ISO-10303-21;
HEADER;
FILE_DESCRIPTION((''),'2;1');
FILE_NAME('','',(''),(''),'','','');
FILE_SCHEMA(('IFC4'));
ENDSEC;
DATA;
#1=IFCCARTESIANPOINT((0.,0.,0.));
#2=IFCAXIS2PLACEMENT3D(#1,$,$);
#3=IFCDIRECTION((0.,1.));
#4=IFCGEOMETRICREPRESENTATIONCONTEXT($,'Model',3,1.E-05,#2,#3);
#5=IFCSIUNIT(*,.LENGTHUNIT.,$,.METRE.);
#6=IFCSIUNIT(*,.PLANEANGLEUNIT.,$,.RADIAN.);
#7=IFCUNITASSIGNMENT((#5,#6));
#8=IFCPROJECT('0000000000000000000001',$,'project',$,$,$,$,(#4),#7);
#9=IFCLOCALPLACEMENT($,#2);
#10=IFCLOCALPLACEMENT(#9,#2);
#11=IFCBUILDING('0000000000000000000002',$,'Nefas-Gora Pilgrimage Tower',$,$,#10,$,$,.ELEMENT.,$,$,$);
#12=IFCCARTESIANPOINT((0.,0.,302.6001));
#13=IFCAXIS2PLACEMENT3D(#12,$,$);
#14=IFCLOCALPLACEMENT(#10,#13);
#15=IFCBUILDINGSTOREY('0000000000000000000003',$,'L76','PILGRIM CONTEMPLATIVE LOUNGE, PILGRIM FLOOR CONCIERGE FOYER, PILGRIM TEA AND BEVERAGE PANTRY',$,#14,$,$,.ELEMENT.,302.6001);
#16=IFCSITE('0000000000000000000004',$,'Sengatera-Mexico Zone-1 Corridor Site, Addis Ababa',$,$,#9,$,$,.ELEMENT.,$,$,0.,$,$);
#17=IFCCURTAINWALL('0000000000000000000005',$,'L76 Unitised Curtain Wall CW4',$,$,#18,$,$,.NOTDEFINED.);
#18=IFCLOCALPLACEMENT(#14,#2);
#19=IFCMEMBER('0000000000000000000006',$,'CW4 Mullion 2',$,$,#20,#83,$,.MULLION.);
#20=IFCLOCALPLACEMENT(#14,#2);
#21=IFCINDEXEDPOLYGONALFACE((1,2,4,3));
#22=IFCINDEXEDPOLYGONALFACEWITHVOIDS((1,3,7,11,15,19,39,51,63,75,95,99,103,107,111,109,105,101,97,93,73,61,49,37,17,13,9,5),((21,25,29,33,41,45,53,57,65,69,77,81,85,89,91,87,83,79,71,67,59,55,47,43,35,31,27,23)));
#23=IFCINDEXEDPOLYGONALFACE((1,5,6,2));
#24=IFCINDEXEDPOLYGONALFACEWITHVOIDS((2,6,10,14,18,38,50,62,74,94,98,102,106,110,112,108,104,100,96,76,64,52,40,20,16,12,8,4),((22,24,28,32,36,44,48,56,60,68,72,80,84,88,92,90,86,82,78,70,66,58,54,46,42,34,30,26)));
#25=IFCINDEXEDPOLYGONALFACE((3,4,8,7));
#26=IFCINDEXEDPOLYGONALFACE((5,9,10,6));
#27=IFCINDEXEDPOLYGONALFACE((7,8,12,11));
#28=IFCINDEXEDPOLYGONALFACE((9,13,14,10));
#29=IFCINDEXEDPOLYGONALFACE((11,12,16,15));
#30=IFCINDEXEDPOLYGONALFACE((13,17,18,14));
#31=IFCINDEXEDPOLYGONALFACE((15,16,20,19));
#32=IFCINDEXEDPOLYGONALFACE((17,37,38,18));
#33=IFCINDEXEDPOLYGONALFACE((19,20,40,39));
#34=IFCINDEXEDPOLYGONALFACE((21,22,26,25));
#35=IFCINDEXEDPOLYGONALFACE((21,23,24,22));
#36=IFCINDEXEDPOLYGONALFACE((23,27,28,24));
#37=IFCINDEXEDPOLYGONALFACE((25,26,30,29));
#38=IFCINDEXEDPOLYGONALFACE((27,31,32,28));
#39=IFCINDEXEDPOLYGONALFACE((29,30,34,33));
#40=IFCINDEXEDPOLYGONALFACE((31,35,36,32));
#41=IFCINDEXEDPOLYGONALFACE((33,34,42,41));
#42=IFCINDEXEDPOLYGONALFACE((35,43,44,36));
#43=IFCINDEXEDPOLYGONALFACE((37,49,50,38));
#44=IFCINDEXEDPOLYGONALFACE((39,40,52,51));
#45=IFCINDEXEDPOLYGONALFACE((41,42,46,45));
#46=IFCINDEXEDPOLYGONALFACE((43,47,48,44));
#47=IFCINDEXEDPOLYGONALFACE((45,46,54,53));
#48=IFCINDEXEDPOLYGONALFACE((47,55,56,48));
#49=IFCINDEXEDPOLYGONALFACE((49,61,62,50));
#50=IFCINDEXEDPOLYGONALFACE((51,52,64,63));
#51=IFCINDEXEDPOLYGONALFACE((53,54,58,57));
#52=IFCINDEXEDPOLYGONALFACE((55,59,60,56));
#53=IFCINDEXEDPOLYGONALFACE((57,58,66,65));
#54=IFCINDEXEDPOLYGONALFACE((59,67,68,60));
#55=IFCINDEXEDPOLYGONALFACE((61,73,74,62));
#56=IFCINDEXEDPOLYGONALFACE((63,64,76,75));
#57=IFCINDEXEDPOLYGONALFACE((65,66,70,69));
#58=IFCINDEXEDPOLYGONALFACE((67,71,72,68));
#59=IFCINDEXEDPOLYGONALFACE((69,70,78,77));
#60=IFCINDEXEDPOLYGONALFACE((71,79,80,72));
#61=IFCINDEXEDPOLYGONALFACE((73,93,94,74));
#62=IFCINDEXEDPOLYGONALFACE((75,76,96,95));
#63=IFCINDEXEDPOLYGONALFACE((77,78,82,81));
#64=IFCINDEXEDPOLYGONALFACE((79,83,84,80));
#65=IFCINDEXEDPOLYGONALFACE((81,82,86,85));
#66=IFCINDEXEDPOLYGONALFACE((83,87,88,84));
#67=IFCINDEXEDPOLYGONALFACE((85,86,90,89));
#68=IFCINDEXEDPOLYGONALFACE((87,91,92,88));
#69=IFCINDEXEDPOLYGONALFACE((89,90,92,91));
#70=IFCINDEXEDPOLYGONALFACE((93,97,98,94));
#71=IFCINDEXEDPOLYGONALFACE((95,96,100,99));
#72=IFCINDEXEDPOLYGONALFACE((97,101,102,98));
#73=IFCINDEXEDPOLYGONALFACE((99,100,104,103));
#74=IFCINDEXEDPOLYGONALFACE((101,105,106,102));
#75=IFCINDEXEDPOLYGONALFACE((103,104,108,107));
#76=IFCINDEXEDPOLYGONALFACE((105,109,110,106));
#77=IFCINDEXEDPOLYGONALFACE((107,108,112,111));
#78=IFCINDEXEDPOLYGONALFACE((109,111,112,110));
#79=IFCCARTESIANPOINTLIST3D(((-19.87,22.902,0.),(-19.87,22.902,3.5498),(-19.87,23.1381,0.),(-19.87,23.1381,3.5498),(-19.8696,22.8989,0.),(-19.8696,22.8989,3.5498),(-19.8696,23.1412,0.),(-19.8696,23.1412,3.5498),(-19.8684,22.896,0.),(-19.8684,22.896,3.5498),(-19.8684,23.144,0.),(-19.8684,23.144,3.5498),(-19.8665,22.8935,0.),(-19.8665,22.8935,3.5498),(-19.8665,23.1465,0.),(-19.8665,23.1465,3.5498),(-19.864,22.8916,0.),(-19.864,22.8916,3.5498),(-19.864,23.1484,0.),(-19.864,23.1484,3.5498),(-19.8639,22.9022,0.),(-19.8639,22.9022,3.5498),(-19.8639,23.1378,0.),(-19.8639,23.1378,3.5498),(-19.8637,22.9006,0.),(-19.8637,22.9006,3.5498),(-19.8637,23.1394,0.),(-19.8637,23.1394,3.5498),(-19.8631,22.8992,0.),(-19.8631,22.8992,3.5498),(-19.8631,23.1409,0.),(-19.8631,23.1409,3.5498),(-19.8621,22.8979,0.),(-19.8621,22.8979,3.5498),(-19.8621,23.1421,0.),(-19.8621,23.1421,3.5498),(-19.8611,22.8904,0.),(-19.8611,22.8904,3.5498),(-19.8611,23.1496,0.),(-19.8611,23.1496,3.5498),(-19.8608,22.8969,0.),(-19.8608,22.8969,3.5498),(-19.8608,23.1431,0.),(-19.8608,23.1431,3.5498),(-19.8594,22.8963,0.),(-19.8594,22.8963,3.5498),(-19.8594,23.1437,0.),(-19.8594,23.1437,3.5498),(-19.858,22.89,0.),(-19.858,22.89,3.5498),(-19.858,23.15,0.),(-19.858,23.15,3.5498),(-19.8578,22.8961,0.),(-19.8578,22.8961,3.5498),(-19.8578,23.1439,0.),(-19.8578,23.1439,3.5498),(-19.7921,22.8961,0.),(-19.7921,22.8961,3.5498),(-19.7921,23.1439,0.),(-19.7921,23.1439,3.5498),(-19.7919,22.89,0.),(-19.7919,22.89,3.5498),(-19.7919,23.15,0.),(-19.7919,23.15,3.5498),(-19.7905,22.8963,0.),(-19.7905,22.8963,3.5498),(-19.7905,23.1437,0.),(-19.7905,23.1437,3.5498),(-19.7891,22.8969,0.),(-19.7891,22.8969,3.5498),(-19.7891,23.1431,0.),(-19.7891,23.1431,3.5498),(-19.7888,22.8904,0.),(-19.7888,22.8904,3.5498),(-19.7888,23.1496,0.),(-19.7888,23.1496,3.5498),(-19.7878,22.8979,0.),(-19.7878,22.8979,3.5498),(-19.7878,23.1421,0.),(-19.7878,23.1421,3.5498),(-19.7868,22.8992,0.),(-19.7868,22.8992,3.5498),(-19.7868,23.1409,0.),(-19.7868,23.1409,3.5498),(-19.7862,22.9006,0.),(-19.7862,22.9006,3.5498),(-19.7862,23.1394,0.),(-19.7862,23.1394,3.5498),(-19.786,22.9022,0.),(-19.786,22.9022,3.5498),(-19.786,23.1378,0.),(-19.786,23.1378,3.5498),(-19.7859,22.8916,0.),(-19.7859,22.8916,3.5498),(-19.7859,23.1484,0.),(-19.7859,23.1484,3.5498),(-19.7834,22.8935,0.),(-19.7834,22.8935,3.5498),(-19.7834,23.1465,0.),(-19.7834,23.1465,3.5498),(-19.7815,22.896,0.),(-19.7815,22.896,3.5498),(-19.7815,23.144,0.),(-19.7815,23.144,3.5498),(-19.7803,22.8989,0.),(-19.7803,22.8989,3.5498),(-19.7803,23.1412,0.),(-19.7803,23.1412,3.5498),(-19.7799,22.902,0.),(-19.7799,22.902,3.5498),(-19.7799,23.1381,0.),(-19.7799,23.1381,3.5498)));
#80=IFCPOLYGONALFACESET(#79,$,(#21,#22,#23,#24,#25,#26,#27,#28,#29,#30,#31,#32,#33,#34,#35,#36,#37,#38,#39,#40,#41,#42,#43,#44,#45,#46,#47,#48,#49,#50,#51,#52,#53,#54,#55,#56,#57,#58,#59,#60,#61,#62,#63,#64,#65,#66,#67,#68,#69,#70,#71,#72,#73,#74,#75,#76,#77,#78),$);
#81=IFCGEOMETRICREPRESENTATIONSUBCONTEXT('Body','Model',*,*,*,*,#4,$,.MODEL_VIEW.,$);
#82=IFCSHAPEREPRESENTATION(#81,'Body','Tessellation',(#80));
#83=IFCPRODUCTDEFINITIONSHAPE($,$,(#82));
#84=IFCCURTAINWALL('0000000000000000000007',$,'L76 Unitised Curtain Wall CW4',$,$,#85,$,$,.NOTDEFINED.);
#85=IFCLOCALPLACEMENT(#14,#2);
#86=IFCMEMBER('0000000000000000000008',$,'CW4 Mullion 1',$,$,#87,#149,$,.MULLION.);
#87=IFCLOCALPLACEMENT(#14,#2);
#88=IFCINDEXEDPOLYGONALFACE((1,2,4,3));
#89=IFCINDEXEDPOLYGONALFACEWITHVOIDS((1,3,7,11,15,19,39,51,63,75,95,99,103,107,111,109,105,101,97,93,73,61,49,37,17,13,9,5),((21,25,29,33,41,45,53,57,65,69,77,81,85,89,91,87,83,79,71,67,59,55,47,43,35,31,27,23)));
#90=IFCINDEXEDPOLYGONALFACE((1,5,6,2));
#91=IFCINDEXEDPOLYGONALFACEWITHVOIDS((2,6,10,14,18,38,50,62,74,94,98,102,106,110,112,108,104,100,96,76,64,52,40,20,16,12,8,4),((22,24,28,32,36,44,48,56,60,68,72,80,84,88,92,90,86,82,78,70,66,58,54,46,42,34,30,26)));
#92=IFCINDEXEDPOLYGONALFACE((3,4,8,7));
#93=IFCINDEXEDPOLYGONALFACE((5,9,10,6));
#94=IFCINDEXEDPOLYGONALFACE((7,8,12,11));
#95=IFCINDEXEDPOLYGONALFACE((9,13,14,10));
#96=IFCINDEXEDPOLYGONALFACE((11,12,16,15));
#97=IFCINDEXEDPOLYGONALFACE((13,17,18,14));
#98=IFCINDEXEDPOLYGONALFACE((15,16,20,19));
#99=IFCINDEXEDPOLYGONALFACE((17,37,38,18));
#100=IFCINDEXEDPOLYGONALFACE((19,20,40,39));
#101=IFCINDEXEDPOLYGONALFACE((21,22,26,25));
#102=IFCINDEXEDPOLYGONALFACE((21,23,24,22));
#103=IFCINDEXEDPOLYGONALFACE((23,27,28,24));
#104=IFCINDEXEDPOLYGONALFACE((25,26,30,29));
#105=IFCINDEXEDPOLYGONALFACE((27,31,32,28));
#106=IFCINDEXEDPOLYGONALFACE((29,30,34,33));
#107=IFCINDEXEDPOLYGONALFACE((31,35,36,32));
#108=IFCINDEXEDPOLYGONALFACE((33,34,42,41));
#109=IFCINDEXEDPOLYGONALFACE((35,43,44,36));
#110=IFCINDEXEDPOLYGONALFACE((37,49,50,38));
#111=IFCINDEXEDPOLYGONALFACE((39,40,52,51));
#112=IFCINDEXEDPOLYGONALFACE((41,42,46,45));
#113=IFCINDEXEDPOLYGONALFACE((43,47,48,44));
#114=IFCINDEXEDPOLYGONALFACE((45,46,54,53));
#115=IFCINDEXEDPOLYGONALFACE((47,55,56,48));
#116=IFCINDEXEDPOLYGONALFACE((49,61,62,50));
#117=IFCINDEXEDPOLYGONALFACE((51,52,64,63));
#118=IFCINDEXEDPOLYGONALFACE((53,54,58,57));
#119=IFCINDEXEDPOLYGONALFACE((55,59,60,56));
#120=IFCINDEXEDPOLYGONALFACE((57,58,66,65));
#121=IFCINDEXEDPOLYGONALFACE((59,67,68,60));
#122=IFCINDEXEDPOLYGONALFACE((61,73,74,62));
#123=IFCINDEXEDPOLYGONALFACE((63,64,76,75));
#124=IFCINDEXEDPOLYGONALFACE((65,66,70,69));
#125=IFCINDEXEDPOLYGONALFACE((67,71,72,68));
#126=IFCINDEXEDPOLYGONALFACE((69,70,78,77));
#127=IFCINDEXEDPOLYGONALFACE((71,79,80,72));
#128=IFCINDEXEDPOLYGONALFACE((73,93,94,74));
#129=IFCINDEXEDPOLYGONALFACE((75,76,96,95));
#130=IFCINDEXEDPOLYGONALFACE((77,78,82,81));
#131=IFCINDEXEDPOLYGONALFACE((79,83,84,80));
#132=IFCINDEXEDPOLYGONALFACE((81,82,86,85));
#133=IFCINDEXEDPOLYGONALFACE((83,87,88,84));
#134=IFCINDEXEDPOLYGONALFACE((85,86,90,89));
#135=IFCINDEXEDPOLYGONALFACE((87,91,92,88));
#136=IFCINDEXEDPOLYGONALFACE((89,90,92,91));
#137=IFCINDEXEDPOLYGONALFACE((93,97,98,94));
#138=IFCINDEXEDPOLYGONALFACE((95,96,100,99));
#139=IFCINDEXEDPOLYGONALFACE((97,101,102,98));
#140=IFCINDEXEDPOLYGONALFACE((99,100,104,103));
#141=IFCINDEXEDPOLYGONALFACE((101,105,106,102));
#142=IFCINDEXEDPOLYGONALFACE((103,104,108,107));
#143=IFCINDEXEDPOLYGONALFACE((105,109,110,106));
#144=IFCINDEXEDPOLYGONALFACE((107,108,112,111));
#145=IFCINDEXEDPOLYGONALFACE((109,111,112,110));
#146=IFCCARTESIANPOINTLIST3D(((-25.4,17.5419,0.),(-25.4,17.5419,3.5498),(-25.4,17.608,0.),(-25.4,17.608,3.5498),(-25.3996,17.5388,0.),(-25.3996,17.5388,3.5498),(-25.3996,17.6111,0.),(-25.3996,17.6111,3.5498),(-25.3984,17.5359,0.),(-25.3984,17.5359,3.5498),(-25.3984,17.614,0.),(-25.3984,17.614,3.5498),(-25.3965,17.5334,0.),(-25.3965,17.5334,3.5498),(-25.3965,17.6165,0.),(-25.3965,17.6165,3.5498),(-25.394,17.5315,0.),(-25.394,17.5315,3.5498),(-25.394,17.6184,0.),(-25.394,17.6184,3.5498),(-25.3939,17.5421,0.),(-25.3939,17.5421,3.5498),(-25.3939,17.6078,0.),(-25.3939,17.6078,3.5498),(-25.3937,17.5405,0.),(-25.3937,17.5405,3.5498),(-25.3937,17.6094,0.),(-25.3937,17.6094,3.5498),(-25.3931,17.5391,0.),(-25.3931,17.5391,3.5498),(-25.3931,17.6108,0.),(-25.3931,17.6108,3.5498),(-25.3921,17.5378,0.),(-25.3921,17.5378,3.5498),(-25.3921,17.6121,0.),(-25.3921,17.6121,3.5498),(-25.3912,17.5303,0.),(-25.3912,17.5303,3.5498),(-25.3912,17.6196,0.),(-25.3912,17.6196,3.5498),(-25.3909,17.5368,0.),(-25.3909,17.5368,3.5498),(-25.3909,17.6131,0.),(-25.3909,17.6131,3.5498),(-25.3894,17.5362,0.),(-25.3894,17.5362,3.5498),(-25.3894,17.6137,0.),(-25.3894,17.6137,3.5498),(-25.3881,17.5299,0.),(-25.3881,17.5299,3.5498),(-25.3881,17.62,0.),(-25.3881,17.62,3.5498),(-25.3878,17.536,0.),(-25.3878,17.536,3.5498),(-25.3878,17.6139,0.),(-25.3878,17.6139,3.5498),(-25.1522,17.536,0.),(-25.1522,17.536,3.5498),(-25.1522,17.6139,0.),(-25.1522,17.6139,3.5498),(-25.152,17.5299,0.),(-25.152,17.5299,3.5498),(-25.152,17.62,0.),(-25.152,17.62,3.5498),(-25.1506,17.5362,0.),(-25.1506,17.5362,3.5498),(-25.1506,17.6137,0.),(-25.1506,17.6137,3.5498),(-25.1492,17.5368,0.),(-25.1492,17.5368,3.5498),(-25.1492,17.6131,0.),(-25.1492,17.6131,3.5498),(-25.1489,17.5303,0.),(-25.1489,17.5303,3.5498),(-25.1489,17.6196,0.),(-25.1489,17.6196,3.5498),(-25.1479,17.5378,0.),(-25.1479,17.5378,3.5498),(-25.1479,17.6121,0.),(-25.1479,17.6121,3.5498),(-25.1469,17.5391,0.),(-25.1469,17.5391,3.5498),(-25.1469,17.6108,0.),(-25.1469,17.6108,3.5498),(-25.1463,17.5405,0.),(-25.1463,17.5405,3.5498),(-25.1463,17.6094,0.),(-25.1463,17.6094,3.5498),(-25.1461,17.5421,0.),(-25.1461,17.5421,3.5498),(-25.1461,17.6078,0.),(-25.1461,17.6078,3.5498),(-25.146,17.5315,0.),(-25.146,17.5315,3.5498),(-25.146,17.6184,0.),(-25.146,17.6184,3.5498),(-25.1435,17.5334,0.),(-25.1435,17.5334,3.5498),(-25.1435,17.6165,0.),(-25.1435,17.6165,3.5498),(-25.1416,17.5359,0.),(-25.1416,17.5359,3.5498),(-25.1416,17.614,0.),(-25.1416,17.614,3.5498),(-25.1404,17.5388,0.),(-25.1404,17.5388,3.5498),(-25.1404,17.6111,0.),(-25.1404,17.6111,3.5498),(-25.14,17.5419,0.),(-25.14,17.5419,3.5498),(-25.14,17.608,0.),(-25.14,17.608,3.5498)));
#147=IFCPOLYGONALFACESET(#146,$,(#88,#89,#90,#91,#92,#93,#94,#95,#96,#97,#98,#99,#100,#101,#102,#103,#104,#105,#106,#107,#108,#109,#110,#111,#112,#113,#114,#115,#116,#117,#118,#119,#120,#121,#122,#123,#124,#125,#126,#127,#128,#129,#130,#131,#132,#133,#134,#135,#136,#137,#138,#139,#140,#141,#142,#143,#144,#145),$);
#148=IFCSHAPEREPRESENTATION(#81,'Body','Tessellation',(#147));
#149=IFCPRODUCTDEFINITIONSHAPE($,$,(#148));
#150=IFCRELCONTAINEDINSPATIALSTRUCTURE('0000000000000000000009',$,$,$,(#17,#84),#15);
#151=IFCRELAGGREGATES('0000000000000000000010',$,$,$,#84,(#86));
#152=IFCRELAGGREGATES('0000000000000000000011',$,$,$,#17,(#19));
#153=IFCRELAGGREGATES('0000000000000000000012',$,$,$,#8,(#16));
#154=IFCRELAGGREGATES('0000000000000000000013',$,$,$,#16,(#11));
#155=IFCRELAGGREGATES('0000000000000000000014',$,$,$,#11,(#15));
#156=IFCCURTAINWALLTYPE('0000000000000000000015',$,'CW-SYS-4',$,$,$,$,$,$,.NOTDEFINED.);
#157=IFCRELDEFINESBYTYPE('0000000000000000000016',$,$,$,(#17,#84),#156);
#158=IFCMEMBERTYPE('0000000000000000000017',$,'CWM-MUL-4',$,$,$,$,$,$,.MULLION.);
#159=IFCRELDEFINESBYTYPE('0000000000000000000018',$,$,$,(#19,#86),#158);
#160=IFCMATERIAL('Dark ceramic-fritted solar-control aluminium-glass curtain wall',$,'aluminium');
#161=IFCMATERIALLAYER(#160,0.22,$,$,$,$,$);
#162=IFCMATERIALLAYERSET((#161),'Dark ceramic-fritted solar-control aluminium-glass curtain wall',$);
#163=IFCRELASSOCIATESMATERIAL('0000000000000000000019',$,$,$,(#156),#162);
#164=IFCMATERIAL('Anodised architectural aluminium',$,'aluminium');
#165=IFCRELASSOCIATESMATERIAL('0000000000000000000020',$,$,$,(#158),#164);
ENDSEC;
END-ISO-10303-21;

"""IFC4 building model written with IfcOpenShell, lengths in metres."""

from ifc_helpers import new_model, si_unit, direction, frame, origin, origin_2d, place, context, subcontext, project, spatial, hollow_rectangle, extrude, source, transform, mapped, material, layer, layer_set, material_profile, profile_set, type_object, element, aggregate, save


model = new_model("IFC4")

# Units and contexts
model_context = context("Model", 3, precision=1e-05, world=origin(), true_north=direction((0.0, 1.0)))
body_context = subcontext(model_context, "Body", "Model", "MODEL_VIEW")
ifc_project = project(units=[si_unit("LENGTHUNIT", "METRE"), si_unit("PLANEANGLEUNIT", "RADIAN")], contexts=[model_context])

# Site, building, storey
site_placement = place(None, origin())
site = spatial("IfcSite", under=ifc_project, at=site_placement, Name="Sengatera-Mexico Zone-1 Corridor Site, Addis Ababa", CompositionType="ELEMENT", RefElevation=0.0)
building_placement = place(site_placement, origin())
building = spatial("IfcBuilding", under=site, at=building_placement, Name="Nefas-Gora Pilgrimage Tower", CompositionType="ELEMENT")
storey_placement = place(building_placement, frame((0.0, 0.0, 302.6001)))
storey = spatial("IfcBuildingStorey", under=building, at=storey_placement, Name="L76", Description="PILGRIM CONTEMPLATIVE LOUNGE, PILGRIM FLOOR CONCIERGE FOYER, PILGRIM TEA AND BEVERAGE PANTRY", CompositionType="ELEMENT", Elevation=302.6001)

# Shared definitions
ifc_material_1 = material(Name="Dark ceramic-fritted solar-control aluminium-glass curtain wall", Category="aluminium")
ifc_material_2 = material(Name="Anodised architectural aluminium", Category="aluminium")

# Curtain wall, member
ifc_layer_1 = layer(ifc_material_1, 0.22)
ifc_layer_set_1 = layer_set([ifc_layer_1], Name="Dark ceramic-fritted solar-control aluminium-glass curtain wall")
curtain_wall_type_1 = type_object("IfcCurtainWallType", Name="CW-SYS-4", PredefinedType="NOTDEFINED", material=ifc_layer_set_1)
curtain_wall_1_placement = place(storey_placement, origin())
curtain_wall_1 = element("IfcCurtainWall", 1, at=curtain_wall_1_placement, inside=storey, type_object=curtain_wall_type_1, Name="L76 Unitised Curtain Wall CW4", PredefinedType="NOTDEFINED")
ifc_material_profile_1 = material_profile(ifc_material_2, hollow_rectangle(XDim=0.0901, YDim=0.26, WallThickness=0.0061, InnerFilletRadius=0.0061, OuterFilletRadius=0.012, at=origin_2d()), Name="ALU MULLION 90x260")
ifc_profile_set_1 = profile_set([ifc_material_profile_1], Name="Anodised architectural aluminium")
member_type_1 = type_object("IfcMemberType", Name="CWM-MUL-4", PredefinedType="MULLION", material=ifc_profile_set_1)
shared_shape_1 = source(origin(), body_context, "Body", "SweptSolid", [
    extrude(hollow_rectangle(XDim=0.0901, YDim=0.26, WallThickness=0.0061, InnerFilletRadius=0.0061, OuterFilletRadius=0.012, at=origin_2d()), origin(), (0.0, 0.0, 1.0), 3.5498),
])
member_1_placement = place(storey_placement, frame((-19.825, 23.02, 0.0), z_axis=(0.0, 0.0, 1.0), x_axis=(-1.0, 0.0, 0.0)))
member_1 = element("IfcMember", 2, at=member_1_placement, type_object=member_type_1, Name="CW4 Mullion 2", PredefinedType="MULLION", context=body_context, shape_type="MappedRepresentation", body=[
    mapped(shared_shape_1, transform((0.0, 0.0, 0.0), x_axis=(1.0, 0.0, 0.0), y_axis=(0.0, 1.0, 0.0), z_axis=(0.0, 0.0, 1.0), scale=1.0)),
])

# Curtain wall, member
curtain_wall_2_placement = place(storey_placement, origin())
curtain_wall_2 = element("IfcCurtainWall", 3, at=curtain_wall_2_placement, inside=storey, type_object=curtain_wall_type_1, Name="L76 Unitised Curtain Wall CW4", PredefinedType="NOTDEFINED")
member_2_placement = place(storey_placement, frame((-25.27, 17.575, 0.0), z_axis=(0.0, 0.0, 1.0), x_axis=(0.0, -1.0, 0.0)))
member_2 = element("IfcMember", 4, at=member_2_placement, type_object=member_type_1, Name="CW4 Mullion 1", PredefinedType="MULLION", context=body_context, shape_type="MappedRepresentation", body=[
    mapped(shared_shape_1, transform((0.0, 0.0, 0.0), x_axis=(1.0, 0.0, 0.0), y_axis=(0.0, 1.0, 0.0), z_axis=(0.0, 0.0, 1.0), scale=1.0)),
])

aggregate(curtain_wall_2, [member_2])

aggregate(curtain_wall_1, [member_1])

save(model, "model.ifc")
